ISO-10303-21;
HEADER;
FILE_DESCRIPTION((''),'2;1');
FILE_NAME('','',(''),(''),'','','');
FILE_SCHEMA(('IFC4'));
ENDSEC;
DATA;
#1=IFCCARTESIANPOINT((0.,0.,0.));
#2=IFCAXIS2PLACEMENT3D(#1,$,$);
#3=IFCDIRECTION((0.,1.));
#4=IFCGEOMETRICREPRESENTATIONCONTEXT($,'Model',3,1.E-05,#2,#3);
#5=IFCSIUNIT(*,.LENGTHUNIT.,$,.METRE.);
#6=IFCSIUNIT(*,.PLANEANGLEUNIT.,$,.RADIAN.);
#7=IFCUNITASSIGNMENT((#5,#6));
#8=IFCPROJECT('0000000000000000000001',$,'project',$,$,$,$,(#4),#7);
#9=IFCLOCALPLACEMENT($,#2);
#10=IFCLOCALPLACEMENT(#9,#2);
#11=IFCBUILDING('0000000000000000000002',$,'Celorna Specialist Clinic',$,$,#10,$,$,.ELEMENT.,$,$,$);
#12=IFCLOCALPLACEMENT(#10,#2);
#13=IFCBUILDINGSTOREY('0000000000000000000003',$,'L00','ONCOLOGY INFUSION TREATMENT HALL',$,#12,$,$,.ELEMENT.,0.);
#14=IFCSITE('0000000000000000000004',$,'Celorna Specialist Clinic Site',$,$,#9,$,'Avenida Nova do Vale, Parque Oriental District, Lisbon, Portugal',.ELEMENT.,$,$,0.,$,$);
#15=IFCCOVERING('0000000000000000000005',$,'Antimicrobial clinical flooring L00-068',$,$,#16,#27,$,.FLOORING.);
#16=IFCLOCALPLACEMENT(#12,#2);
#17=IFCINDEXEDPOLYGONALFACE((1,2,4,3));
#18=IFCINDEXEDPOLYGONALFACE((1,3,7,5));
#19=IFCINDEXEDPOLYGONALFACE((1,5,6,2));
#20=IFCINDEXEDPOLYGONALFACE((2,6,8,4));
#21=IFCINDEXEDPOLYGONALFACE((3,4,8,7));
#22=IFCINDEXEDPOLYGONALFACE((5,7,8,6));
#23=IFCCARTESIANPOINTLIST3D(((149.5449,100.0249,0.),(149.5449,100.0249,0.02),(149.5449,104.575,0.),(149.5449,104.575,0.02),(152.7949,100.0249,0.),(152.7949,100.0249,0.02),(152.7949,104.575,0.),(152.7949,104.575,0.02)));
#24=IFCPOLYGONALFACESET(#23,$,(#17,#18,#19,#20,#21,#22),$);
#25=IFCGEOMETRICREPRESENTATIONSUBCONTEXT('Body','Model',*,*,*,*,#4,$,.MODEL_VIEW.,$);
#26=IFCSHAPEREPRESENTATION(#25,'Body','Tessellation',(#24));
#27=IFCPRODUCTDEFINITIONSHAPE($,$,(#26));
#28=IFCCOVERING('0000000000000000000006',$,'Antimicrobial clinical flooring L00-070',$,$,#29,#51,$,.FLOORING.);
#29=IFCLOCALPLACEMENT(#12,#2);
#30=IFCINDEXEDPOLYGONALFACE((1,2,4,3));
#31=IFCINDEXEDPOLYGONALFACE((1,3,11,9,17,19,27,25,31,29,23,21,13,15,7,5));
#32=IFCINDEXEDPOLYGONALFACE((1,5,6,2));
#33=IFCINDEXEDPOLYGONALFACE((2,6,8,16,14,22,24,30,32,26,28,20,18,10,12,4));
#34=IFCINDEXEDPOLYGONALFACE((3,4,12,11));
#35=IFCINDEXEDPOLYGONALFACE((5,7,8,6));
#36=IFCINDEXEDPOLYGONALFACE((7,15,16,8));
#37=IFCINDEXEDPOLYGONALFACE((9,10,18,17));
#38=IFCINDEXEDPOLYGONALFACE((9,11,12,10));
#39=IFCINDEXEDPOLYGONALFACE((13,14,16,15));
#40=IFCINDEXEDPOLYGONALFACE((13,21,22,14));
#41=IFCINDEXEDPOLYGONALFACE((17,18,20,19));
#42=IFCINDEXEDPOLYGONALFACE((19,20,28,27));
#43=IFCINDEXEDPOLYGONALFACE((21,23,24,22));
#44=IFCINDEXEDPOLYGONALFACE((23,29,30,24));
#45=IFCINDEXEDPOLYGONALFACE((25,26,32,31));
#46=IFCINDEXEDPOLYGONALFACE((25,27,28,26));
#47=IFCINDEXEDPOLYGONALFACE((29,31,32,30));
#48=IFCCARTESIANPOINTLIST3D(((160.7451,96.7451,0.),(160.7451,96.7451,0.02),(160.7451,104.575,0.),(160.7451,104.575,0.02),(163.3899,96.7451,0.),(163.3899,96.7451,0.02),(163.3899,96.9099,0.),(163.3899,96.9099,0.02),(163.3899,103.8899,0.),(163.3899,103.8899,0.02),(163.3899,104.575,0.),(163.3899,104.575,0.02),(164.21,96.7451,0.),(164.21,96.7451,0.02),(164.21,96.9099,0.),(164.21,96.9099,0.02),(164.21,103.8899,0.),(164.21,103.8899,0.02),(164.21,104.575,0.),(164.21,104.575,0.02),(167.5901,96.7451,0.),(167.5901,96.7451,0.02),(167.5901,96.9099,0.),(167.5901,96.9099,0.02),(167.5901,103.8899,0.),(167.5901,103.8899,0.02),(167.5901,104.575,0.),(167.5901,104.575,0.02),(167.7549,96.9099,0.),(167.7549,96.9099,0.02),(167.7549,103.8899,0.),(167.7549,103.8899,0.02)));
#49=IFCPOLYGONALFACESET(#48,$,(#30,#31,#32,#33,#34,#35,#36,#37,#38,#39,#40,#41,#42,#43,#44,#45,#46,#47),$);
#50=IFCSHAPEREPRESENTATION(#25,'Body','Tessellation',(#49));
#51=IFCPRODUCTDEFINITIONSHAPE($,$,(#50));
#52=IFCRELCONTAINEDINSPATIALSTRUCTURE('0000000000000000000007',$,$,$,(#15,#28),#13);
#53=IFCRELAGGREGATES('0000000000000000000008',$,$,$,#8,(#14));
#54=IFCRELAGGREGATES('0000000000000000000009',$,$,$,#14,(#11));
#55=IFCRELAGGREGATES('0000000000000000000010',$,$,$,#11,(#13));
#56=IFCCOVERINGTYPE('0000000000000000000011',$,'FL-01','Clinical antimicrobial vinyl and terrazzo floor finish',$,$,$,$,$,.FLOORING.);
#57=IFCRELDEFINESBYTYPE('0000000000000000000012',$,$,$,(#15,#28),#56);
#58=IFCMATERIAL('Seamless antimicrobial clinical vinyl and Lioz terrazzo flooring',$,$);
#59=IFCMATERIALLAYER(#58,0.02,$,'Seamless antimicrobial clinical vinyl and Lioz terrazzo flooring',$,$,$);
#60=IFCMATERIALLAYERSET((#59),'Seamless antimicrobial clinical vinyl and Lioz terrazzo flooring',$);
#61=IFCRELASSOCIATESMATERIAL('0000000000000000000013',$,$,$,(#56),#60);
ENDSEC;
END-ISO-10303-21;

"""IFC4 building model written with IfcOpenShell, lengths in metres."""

from ifc_helpers import new_model, si_unit, direction, origin, place, context, subcontext, project, spatial, polyline, outline, extrude, material, layer, layer_set, type_object, element, save


model = new_model("IFC4")

# Units and contexts
model_context = context("Model", 3, precision=1e-05, world=origin(), true_north=direction((0.0, 1.0)))
body_context = subcontext(model_context, "Body", "Model", "MODEL_VIEW")
ifc_project = project(units=[si_unit("LENGTHUNIT", "METRE"), si_unit("PLANEANGLEUNIT", "RADIAN")], contexts=[model_context])

# Site, building, storey
site_placement = place(None, origin())
site = spatial("IfcSite", under=ifc_project, at=site_placement, Name="Celorna Specialist Clinic Site", LongName="Avenida Nova do Vale, Parque Oriental District, Lisbon, Portugal", CompositionType="ELEMENT", RefElevation=0.0)
building_placement = place(site_placement, origin())
building = spatial("IfcBuilding", under=site, at=building_placement, Name="Celorna Specialist Clinic", CompositionType="ELEMENT")
storey_placement = place(building_placement, origin())
storey = spatial("IfcBuildingStorey", under=building, at=storey_placement, Name="L00", Description="ONCOLOGY INFUSION TREATMENT HALL", CompositionType="ELEMENT", Elevation=0.0)

# Coverings
ifc_material_1 = material(Name="Seamless antimicrobial clinical vinyl and Lioz terrazzo flooring")
ifc_layer_1 = layer(ifc_material_1, 0.02, Name="Seamless antimicrobial clinical vinyl and Lioz terrazzo flooring")
ifc_layer_set_1 = layer_set([ifc_layer_1], Name="Seamless antimicrobial clinical vinyl and Lioz terrazzo flooring")
covering_type_1 = type_object("IfcCoveringType", Name="FL-01", Description="Clinical antimicrobial vinyl and terrazzo floor finish", PredefinedType="FLOORING", material=ifc_layer_set_1)
covering_1_placement = place(storey_placement, origin())
element("IfcCovering", 1, at=covering_1_placement, inside=storey, type_object=covering_type_1, Name="Antimicrobial clinical flooring L00-068", PredefinedType="FLOORING", context=body_context, shape_type="SweptSolid", body=[
    extrude(outline(polyline([(149.5449, 104.575), (152.7949, 104.575), (152.7949, 100.0249), (149.5449, 100.0249), (149.5449, 104.575)])), origin(), (0.0, 0.0, 1.0), 0.02),
])
covering_2_placement = place(storey_placement, origin())
element("IfcCovering", 2, at=covering_2_placement, inside=storey, type_object=covering_type_1, Name="Antimicrobial clinical flooring L00-070", PredefinedType="FLOORING", context=body_context, shape_type="SweptSolid", body=[
    extrude(outline(polyline([(160.7451, 104.575), (163.3899, 104.575), (163.3899, 103.8899), (164.21, 103.8899), (164.21, 104.575), (167.5901, 104.575), (167.5901, 103.8899), (167.7549, 103.8899), (167.7549, 96.9099), (167.5901, 96.9099), (167.5901, 96.7451), (164.21, 96.7451), (164.21, 96.9099), (163.3899, 96.9099), (163.3899, 96.7451), (160.7451, 96.7451), (160.7451, 104.575)])), origin(), (0.0, 0.0, 1.0), 0.02),
])

save(model, "model.ifc")
